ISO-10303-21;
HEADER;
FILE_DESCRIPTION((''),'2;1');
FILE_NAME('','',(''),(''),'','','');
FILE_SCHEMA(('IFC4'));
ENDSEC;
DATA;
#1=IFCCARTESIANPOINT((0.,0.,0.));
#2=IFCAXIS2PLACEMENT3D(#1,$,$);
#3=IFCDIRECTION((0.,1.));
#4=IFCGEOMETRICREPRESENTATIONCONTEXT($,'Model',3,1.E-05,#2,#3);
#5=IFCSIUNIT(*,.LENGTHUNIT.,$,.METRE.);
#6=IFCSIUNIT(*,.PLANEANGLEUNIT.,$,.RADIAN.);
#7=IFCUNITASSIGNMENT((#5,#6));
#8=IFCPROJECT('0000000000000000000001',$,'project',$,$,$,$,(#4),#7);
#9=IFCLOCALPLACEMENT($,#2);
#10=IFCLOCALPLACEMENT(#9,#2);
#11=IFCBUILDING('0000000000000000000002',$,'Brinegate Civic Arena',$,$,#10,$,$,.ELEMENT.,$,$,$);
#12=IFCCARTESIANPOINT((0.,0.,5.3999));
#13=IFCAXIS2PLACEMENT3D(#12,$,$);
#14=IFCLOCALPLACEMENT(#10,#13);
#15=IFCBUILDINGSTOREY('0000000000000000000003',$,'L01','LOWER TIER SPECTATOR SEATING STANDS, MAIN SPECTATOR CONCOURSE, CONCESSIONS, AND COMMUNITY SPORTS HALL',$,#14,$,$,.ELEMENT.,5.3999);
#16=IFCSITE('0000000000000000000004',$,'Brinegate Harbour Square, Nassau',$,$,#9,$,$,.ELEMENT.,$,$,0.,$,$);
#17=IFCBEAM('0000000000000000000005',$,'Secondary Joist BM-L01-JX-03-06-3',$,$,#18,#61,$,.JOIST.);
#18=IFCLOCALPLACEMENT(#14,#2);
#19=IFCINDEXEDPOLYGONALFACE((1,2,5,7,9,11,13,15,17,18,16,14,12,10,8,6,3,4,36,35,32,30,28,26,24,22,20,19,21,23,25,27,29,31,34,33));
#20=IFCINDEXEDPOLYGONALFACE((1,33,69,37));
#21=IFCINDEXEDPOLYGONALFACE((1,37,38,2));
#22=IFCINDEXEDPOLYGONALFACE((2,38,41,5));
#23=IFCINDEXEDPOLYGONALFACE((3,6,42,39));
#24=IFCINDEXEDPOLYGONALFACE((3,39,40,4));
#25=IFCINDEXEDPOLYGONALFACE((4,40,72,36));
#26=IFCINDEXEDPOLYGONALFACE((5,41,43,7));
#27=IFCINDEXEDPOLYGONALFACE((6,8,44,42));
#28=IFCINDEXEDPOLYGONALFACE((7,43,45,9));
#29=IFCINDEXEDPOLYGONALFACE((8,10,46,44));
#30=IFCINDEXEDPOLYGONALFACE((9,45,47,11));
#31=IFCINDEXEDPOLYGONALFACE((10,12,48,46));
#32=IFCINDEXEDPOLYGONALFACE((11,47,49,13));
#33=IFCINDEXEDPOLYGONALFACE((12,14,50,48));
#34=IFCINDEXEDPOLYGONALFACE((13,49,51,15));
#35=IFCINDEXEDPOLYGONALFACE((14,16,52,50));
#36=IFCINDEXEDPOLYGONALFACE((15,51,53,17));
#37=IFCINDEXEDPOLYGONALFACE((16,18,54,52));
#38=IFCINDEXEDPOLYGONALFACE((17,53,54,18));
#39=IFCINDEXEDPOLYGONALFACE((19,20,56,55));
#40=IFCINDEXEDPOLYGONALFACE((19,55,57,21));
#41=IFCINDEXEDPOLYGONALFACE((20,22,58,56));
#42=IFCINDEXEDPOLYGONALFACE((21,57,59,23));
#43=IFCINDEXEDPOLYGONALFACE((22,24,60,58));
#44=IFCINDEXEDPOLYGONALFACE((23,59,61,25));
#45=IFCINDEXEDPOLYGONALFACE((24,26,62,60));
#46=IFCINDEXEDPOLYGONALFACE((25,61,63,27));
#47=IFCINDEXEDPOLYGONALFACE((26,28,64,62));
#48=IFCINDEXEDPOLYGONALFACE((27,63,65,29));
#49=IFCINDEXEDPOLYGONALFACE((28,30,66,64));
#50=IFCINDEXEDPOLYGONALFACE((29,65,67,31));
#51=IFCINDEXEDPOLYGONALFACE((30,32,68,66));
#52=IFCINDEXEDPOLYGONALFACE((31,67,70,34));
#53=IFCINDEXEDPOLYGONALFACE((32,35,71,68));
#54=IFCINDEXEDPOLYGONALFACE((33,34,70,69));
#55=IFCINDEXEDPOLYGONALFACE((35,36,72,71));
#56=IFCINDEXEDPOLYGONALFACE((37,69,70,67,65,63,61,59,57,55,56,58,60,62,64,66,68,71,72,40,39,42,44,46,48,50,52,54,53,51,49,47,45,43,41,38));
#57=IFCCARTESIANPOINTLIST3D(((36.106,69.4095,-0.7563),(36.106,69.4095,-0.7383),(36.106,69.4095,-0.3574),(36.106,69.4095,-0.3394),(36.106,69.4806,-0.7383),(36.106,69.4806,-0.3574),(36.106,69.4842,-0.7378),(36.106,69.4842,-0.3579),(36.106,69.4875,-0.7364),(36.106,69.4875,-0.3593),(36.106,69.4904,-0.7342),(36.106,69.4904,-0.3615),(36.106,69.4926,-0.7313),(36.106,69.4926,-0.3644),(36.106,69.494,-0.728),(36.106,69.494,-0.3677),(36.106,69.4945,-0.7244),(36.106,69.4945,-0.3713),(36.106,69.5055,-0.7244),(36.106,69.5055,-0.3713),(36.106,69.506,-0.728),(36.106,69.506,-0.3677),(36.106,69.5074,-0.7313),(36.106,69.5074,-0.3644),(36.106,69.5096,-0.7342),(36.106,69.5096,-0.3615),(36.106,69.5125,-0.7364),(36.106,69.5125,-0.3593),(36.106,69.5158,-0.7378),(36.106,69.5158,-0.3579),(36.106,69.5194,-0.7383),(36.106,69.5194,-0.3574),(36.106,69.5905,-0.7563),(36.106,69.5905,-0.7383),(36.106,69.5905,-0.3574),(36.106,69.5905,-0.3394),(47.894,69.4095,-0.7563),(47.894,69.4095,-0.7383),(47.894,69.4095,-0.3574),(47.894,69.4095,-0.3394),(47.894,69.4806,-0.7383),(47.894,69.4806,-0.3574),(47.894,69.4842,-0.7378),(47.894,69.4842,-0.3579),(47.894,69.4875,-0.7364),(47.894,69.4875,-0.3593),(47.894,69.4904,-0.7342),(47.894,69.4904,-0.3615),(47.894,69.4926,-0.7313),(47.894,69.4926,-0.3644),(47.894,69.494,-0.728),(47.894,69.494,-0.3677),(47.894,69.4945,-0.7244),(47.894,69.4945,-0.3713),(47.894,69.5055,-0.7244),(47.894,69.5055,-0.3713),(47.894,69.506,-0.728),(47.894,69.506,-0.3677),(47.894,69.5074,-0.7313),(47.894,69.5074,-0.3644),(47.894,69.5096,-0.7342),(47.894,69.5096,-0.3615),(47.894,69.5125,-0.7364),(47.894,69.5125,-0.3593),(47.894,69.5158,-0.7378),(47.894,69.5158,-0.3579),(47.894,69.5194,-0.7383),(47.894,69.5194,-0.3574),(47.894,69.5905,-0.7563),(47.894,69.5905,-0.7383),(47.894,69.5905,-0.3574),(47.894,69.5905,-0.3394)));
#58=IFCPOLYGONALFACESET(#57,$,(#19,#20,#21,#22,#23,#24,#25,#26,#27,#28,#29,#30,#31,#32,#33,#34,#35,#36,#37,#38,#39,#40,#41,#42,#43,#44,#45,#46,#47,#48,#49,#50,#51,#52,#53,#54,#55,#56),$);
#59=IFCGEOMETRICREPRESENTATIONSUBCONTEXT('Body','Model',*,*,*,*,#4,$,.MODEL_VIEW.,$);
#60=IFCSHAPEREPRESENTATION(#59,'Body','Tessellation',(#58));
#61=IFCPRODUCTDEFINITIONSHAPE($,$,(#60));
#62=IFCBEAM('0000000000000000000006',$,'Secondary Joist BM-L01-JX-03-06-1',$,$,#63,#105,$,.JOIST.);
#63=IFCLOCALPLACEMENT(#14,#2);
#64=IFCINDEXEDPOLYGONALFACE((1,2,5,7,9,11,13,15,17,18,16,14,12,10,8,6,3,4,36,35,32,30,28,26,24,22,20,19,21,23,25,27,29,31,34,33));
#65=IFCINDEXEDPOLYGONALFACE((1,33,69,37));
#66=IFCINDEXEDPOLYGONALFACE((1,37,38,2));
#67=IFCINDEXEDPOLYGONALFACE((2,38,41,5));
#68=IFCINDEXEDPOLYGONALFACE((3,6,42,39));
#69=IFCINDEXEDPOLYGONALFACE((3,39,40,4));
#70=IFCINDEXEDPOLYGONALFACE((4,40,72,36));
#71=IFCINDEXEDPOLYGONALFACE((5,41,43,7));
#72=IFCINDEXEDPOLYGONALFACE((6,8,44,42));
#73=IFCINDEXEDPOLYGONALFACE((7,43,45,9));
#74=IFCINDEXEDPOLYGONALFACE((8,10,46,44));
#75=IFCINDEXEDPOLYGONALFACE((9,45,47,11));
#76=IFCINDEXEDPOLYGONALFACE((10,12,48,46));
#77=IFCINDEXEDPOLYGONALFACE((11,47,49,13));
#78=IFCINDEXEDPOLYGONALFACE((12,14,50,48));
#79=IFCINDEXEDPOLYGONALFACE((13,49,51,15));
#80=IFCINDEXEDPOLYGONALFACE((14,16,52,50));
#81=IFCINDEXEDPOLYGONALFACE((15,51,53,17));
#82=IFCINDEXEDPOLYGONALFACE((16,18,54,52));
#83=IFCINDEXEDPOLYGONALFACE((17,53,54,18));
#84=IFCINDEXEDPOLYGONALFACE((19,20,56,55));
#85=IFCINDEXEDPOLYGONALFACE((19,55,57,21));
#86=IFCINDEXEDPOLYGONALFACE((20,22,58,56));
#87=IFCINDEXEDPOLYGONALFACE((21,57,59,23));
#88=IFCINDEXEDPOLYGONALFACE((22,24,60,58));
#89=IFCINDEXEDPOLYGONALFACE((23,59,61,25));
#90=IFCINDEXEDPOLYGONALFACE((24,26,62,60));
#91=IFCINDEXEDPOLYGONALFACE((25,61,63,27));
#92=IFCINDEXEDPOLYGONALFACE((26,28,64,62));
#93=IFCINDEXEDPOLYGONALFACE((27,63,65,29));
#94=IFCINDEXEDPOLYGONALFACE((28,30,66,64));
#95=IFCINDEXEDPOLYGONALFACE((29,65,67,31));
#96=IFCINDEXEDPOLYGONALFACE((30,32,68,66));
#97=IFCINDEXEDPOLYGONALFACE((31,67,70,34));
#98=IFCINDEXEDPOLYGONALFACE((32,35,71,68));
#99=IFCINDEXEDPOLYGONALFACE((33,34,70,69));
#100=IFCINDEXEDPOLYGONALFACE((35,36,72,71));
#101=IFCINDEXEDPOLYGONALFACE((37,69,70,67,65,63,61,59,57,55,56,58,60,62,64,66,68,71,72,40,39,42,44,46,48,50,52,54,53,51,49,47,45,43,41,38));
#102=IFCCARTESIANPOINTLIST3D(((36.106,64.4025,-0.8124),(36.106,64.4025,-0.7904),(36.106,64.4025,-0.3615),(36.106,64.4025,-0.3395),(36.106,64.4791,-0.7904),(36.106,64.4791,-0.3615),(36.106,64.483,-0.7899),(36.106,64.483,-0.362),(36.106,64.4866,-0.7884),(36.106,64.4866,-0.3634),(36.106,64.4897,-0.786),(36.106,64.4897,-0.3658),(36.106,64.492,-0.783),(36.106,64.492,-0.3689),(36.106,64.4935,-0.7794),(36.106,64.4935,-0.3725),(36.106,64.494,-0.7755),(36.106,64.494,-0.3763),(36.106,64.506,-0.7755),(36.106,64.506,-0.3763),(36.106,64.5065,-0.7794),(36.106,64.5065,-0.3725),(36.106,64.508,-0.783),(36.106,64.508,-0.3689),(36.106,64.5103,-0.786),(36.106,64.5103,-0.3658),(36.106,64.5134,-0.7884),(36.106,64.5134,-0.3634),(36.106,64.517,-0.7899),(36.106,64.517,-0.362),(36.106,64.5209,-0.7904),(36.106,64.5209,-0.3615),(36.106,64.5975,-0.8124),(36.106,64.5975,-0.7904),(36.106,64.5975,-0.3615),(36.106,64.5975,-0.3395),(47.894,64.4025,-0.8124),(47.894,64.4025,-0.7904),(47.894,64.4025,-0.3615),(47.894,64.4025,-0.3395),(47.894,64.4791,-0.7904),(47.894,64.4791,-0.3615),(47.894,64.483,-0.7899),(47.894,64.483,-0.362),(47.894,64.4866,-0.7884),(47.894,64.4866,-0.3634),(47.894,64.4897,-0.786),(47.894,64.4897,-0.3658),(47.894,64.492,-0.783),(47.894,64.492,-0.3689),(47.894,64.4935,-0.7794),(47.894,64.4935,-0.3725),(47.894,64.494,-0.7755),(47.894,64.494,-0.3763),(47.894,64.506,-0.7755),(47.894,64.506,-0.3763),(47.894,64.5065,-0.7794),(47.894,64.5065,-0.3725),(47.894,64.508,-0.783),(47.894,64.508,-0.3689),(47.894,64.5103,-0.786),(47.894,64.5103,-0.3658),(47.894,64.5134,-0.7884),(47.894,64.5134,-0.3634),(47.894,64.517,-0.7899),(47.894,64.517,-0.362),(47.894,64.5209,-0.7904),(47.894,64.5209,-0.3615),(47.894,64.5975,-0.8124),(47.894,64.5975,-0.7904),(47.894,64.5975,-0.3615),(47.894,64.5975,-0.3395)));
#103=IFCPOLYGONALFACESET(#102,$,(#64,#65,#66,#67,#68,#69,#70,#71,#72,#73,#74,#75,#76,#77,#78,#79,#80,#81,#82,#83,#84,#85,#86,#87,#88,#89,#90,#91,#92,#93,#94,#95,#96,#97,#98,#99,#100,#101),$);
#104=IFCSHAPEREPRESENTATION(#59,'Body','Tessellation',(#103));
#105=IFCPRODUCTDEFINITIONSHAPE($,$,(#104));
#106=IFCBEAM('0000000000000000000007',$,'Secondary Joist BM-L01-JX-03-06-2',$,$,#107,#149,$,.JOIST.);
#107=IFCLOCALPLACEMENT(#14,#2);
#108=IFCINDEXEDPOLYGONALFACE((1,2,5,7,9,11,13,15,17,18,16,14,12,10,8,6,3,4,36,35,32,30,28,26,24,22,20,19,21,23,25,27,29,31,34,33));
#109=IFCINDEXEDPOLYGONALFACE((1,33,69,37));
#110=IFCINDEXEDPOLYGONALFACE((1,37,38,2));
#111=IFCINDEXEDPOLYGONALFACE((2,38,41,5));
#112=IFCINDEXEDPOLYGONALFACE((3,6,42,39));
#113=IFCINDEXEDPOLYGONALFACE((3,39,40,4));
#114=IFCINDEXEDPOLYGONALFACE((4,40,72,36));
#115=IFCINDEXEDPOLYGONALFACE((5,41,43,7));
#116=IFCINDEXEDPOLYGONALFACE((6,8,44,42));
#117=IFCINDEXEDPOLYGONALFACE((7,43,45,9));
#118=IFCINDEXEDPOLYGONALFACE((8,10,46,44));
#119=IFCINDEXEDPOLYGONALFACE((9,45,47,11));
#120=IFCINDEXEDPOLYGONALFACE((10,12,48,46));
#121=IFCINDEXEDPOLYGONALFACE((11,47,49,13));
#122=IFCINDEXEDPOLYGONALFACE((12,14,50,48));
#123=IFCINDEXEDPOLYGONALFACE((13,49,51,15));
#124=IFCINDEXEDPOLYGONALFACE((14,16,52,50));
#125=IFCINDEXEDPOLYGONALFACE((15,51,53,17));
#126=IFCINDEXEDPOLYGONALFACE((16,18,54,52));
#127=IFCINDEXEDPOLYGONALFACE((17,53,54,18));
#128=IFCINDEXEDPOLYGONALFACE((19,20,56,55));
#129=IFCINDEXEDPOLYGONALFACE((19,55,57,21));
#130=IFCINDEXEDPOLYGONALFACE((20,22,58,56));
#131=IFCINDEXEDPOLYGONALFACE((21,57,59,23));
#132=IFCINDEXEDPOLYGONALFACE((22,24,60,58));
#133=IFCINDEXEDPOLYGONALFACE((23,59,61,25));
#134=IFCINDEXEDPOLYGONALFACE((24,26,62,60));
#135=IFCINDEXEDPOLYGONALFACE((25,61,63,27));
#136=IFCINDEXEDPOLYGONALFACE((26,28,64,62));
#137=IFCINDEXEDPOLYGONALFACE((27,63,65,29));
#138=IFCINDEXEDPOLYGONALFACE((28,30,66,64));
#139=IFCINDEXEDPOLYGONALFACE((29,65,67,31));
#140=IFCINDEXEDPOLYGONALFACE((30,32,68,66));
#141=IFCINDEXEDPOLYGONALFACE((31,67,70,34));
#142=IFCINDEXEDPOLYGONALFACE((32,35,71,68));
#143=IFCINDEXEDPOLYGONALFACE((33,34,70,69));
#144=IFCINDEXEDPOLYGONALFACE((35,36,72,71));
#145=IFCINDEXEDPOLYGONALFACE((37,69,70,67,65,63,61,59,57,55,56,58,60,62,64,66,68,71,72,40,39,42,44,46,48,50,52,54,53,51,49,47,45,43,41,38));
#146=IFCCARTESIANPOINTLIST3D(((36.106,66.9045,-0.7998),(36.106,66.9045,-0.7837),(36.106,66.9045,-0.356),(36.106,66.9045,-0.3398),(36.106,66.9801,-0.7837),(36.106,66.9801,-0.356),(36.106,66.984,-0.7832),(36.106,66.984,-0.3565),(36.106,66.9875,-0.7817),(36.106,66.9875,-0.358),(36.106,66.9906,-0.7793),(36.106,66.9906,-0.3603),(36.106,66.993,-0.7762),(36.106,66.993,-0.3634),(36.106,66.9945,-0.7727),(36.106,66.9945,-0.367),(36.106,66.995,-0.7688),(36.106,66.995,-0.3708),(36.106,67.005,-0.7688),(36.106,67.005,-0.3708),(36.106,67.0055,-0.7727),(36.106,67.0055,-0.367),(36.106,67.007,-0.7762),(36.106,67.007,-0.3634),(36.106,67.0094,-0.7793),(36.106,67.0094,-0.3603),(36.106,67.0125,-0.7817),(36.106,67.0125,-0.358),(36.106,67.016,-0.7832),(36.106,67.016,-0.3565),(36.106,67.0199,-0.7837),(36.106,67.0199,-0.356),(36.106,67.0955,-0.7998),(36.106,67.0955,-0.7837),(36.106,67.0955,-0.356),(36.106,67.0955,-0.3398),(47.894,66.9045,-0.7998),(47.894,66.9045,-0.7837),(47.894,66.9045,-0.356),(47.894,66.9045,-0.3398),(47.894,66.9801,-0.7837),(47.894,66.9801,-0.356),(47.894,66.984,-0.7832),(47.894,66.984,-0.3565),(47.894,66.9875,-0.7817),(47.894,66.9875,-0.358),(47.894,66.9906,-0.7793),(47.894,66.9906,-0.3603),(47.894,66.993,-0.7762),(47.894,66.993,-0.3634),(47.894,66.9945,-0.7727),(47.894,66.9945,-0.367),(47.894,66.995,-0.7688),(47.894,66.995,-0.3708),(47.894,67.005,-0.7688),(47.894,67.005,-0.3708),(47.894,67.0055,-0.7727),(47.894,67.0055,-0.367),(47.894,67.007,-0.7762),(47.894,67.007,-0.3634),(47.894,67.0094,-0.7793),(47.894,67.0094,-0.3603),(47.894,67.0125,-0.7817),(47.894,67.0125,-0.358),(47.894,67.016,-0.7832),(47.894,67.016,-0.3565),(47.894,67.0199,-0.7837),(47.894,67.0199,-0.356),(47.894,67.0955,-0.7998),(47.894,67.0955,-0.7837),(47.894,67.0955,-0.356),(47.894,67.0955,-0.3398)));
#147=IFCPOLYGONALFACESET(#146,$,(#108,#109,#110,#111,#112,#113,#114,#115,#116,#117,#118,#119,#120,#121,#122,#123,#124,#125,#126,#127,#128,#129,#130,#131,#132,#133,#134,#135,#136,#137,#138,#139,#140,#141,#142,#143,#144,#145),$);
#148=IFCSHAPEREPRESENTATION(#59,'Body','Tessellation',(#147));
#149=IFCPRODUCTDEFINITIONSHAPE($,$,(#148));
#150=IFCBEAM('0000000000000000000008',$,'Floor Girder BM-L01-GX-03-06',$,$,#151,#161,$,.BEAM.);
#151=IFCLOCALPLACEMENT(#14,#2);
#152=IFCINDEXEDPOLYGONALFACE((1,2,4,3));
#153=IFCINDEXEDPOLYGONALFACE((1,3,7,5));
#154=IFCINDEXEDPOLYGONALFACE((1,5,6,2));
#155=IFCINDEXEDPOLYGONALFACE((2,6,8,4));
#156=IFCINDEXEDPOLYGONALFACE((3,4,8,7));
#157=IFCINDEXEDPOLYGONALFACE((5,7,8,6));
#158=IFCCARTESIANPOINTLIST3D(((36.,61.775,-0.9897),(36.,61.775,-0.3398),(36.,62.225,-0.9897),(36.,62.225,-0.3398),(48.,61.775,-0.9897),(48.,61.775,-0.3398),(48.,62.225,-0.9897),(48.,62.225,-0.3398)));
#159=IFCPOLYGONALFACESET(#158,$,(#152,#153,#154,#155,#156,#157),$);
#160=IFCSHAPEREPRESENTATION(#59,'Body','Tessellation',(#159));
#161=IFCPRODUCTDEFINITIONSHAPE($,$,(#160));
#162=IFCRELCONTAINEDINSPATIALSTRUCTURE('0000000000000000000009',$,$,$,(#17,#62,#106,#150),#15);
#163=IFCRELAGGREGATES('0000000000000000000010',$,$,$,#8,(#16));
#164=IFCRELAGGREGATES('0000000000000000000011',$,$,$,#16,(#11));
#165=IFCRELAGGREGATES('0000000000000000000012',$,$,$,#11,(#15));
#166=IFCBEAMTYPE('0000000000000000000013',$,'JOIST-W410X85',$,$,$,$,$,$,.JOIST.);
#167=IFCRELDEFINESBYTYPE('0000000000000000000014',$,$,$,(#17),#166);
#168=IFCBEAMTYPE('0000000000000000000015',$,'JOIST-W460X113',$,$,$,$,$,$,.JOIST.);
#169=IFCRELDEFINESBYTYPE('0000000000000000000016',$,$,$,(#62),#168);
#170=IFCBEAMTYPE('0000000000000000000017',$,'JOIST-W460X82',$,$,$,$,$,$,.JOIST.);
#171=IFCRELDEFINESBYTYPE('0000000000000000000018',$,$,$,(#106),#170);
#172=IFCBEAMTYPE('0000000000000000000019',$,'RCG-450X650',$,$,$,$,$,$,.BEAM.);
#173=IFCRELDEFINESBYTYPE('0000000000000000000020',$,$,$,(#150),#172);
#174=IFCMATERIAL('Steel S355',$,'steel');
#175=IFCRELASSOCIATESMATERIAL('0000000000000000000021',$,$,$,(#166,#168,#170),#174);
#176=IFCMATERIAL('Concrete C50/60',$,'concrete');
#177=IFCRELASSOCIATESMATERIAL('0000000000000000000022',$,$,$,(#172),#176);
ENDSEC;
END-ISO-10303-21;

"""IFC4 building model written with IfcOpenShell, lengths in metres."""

from ifc_helpers import new_model, si_unit, direction, frame, origin, origin_2d, place, context, subcontext, project, spatial, rectangle, i_section, extrude, material, material_profile, profile_set, type_object, element, save


model = new_model("IFC4")

# Units and contexts
model_context = context("Model", 3, precision=1e-05, world=origin(), true_north=direction((0.0, 1.0)))
body_context = subcontext(model_context, "Body", "Model", "MODEL_VIEW")
ifc_project = project(units=[si_unit("LENGTHUNIT", "METRE"), si_unit("PLANEANGLEUNIT", "RADIAN")], contexts=[model_context])

# Site, building, storey
site_placement = place(None, origin())
site = spatial("IfcSite", under=ifc_project, at=site_placement, Name="Brinegate Harbour Square, Nassau", CompositionType="ELEMENT", RefElevation=0.0)
building_placement = place(site_placement, origin())
building = spatial("IfcBuilding", under=site, at=building_placement, Name="Brinegate Civic Arena", CompositionType="ELEMENT")
storey_placement = place(building_placement, frame((0.0, 0.0, 5.3999)))
storey = spatial("IfcBuildingStorey", under=building, at=storey_placement, Name="L01", Description="LOWER TIER SPECTATOR SEATING STANDS, MAIN SPECTATOR CONCOURSE, CONCESSIONS, AND COMMUNITY SPORTS HALL", CompositionType="ELEMENT", Elevation=5.3999)

# Shared definitions
ifc_material_1 = material(Name="Concrete C50/60", Category="concrete")
ifc_material_2 = material(Name="Steel S355", Category="steel")

# Beams
ifc_material_profile_1 = material_profile(ifc_material_2, i_section(OverallWidth=0.1809, OverallDepth=0.417, WebThickness=0.011, FlangeThickness=0.0181, FilletRadius=0.0139, at=origin_2d()), Name="W410X85")
ifc_profile_set_1 = profile_set([ifc_material_profile_1], Name="Steel S355")
beam_type_1 = type_object("IfcBeamType", Name="JOIST-W410X85", PredefinedType="JOIST", material=ifc_profile_set_1)
beam_1_placement = place(storey_placement, frame((36.106, 69.5, -0.5479), z_axis=(1.0, 0.0, 0.0), x_axis=(0.0, 1.0, 0.0)))
element("IfcBeam", 1, at=beam_1_placement, inside=storey, type_object=beam_type_1, Name="Secondary Joist BM-L01-JX-03-06-3", PredefinedType="JOIST", context=body_context, shape_type="SweptSolid", body=[
    extrude(i_section(OverallWidth=0.1809, OverallDepth=0.417, WebThickness=0.011, FlangeThickness=0.0181, FilletRadius=0.0139, at=origin_2d()), origin(), (0.0, 0.0, 1.0), 11.7881),
])
ifc_material_profile_2 = material_profile(ifc_material_2, i_section(OverallWidth=0.1951, OverallDepth=0.4729, WebThickness=0.012, FlangeThickness=0.022, FilletRadius=0.0149, at=origin_2d()), Name="W460X113")
ifc_profile_set_2 = profile_set([ifc_material_profile_2], Name="Steel S355")
beam_type_2 = type_object("IfcBeamType", Name="JOIST-W460X113", PredefinedType="JOIST", material=ifc_profile_set_2)
beam_2_placement = place(storey_placement, frame((36.106, 64.5, -0.5759), z_axis=(1.0, 0.0, 0.0), x_axis=(0.0, 1.0, 0.0)))
element("IfcBeam", 2, at=beam_2_placement, inside=storey, type_object=beam_type_2, Name="Secondary Joist BM-L01-JX-03-06-1", PredefinedType="JOIST", context=body_context, shape_type="SweptSolid", body=[
    extrude(i_section(OverallWidth=0.1951, OverallDepth=0.4729, WebThickness=0.012, FlangeThickness=0.022, FilletRadius=0.0149, at=origin_2d()), origin(), (0.0, 0.0, 1.0), 11.7881),
])
ifc_material_profile_3 = material_profile(ifc_material_2, i_section(OverallWidth=0.1909, OverallDepth=0.46, WebThickness=0.01, FlangeThickness=0.0161, FilletRadius=0.0149, at=origin_2d()), Name="W460X82")
ifc_profile_set_3 = profile_set([ifc_material_profile_3], Name="Steel S355")
beam_type_3 = type_object("IfcBeamType", Name="JOIST-W460X82", PredefinedType="JOIST", material=ifc_profile_set_3)
beam_3_placement = place(storey_placement, frame((36.106, 67.0, -0.5698), z_axis=(1.0, 0.0, 0.0), x_axis=(0.0, 1.0, 0.0)))
element("IfcBeam", 3, at=beam_3_placement, inside=storey, type_object=beam_type_3, Name="Secondary Joist BM-L01-JX-03-06-2", PredefinedType="JOIST", context=body_context, shape_type="SweptSolid", body=[
    extrude(i_section(OverallWidth=0.1909, OverallDepth=0.46, WebThickness=0.01, FlangeThickness=0.0161, FilletRadius=0.0149, at=origin_2d()), origin(), (0.0, 0.0, 1.0), 11.7881),
])
ifc_material_profile_4 = material_profile(ifc_material_1, rectangle(XDim=0.45, YDim=0.6499, at=origin_2d()), Name="RCB450X650")
ifc_profile_set_4 = profile_set([ifc_material_profile_4], Name="Concrete C50/60")
beam_type_4 = type_object("IfcBeamType", Name="RCG-450X650", PredefinedType="BEAM", material=ifc_profile_set_4)
beam_4_placement = place(storey_placement, frame((36.0, 62.0, -0.6648), z_axis=(1.0, 0.0, 0.0), x_axis=(0.0, 1.0, 0.0)))
element("IfcBeam", 4, at=beam_4_placement, inside=storey, type_object=beam_type_4, Name="Floor Girder BM-L01-GX-03-06", PredefinedType="BEAM", context=body_context, shape_type="SweptSolid", body=[
    extrude(rectangle(XDim=0.45, YDim=0.6499, at=origin_2d()), origin(), (0.0, 0.0, 1.0), 12.0),
])

save(model, "model.ifc")
